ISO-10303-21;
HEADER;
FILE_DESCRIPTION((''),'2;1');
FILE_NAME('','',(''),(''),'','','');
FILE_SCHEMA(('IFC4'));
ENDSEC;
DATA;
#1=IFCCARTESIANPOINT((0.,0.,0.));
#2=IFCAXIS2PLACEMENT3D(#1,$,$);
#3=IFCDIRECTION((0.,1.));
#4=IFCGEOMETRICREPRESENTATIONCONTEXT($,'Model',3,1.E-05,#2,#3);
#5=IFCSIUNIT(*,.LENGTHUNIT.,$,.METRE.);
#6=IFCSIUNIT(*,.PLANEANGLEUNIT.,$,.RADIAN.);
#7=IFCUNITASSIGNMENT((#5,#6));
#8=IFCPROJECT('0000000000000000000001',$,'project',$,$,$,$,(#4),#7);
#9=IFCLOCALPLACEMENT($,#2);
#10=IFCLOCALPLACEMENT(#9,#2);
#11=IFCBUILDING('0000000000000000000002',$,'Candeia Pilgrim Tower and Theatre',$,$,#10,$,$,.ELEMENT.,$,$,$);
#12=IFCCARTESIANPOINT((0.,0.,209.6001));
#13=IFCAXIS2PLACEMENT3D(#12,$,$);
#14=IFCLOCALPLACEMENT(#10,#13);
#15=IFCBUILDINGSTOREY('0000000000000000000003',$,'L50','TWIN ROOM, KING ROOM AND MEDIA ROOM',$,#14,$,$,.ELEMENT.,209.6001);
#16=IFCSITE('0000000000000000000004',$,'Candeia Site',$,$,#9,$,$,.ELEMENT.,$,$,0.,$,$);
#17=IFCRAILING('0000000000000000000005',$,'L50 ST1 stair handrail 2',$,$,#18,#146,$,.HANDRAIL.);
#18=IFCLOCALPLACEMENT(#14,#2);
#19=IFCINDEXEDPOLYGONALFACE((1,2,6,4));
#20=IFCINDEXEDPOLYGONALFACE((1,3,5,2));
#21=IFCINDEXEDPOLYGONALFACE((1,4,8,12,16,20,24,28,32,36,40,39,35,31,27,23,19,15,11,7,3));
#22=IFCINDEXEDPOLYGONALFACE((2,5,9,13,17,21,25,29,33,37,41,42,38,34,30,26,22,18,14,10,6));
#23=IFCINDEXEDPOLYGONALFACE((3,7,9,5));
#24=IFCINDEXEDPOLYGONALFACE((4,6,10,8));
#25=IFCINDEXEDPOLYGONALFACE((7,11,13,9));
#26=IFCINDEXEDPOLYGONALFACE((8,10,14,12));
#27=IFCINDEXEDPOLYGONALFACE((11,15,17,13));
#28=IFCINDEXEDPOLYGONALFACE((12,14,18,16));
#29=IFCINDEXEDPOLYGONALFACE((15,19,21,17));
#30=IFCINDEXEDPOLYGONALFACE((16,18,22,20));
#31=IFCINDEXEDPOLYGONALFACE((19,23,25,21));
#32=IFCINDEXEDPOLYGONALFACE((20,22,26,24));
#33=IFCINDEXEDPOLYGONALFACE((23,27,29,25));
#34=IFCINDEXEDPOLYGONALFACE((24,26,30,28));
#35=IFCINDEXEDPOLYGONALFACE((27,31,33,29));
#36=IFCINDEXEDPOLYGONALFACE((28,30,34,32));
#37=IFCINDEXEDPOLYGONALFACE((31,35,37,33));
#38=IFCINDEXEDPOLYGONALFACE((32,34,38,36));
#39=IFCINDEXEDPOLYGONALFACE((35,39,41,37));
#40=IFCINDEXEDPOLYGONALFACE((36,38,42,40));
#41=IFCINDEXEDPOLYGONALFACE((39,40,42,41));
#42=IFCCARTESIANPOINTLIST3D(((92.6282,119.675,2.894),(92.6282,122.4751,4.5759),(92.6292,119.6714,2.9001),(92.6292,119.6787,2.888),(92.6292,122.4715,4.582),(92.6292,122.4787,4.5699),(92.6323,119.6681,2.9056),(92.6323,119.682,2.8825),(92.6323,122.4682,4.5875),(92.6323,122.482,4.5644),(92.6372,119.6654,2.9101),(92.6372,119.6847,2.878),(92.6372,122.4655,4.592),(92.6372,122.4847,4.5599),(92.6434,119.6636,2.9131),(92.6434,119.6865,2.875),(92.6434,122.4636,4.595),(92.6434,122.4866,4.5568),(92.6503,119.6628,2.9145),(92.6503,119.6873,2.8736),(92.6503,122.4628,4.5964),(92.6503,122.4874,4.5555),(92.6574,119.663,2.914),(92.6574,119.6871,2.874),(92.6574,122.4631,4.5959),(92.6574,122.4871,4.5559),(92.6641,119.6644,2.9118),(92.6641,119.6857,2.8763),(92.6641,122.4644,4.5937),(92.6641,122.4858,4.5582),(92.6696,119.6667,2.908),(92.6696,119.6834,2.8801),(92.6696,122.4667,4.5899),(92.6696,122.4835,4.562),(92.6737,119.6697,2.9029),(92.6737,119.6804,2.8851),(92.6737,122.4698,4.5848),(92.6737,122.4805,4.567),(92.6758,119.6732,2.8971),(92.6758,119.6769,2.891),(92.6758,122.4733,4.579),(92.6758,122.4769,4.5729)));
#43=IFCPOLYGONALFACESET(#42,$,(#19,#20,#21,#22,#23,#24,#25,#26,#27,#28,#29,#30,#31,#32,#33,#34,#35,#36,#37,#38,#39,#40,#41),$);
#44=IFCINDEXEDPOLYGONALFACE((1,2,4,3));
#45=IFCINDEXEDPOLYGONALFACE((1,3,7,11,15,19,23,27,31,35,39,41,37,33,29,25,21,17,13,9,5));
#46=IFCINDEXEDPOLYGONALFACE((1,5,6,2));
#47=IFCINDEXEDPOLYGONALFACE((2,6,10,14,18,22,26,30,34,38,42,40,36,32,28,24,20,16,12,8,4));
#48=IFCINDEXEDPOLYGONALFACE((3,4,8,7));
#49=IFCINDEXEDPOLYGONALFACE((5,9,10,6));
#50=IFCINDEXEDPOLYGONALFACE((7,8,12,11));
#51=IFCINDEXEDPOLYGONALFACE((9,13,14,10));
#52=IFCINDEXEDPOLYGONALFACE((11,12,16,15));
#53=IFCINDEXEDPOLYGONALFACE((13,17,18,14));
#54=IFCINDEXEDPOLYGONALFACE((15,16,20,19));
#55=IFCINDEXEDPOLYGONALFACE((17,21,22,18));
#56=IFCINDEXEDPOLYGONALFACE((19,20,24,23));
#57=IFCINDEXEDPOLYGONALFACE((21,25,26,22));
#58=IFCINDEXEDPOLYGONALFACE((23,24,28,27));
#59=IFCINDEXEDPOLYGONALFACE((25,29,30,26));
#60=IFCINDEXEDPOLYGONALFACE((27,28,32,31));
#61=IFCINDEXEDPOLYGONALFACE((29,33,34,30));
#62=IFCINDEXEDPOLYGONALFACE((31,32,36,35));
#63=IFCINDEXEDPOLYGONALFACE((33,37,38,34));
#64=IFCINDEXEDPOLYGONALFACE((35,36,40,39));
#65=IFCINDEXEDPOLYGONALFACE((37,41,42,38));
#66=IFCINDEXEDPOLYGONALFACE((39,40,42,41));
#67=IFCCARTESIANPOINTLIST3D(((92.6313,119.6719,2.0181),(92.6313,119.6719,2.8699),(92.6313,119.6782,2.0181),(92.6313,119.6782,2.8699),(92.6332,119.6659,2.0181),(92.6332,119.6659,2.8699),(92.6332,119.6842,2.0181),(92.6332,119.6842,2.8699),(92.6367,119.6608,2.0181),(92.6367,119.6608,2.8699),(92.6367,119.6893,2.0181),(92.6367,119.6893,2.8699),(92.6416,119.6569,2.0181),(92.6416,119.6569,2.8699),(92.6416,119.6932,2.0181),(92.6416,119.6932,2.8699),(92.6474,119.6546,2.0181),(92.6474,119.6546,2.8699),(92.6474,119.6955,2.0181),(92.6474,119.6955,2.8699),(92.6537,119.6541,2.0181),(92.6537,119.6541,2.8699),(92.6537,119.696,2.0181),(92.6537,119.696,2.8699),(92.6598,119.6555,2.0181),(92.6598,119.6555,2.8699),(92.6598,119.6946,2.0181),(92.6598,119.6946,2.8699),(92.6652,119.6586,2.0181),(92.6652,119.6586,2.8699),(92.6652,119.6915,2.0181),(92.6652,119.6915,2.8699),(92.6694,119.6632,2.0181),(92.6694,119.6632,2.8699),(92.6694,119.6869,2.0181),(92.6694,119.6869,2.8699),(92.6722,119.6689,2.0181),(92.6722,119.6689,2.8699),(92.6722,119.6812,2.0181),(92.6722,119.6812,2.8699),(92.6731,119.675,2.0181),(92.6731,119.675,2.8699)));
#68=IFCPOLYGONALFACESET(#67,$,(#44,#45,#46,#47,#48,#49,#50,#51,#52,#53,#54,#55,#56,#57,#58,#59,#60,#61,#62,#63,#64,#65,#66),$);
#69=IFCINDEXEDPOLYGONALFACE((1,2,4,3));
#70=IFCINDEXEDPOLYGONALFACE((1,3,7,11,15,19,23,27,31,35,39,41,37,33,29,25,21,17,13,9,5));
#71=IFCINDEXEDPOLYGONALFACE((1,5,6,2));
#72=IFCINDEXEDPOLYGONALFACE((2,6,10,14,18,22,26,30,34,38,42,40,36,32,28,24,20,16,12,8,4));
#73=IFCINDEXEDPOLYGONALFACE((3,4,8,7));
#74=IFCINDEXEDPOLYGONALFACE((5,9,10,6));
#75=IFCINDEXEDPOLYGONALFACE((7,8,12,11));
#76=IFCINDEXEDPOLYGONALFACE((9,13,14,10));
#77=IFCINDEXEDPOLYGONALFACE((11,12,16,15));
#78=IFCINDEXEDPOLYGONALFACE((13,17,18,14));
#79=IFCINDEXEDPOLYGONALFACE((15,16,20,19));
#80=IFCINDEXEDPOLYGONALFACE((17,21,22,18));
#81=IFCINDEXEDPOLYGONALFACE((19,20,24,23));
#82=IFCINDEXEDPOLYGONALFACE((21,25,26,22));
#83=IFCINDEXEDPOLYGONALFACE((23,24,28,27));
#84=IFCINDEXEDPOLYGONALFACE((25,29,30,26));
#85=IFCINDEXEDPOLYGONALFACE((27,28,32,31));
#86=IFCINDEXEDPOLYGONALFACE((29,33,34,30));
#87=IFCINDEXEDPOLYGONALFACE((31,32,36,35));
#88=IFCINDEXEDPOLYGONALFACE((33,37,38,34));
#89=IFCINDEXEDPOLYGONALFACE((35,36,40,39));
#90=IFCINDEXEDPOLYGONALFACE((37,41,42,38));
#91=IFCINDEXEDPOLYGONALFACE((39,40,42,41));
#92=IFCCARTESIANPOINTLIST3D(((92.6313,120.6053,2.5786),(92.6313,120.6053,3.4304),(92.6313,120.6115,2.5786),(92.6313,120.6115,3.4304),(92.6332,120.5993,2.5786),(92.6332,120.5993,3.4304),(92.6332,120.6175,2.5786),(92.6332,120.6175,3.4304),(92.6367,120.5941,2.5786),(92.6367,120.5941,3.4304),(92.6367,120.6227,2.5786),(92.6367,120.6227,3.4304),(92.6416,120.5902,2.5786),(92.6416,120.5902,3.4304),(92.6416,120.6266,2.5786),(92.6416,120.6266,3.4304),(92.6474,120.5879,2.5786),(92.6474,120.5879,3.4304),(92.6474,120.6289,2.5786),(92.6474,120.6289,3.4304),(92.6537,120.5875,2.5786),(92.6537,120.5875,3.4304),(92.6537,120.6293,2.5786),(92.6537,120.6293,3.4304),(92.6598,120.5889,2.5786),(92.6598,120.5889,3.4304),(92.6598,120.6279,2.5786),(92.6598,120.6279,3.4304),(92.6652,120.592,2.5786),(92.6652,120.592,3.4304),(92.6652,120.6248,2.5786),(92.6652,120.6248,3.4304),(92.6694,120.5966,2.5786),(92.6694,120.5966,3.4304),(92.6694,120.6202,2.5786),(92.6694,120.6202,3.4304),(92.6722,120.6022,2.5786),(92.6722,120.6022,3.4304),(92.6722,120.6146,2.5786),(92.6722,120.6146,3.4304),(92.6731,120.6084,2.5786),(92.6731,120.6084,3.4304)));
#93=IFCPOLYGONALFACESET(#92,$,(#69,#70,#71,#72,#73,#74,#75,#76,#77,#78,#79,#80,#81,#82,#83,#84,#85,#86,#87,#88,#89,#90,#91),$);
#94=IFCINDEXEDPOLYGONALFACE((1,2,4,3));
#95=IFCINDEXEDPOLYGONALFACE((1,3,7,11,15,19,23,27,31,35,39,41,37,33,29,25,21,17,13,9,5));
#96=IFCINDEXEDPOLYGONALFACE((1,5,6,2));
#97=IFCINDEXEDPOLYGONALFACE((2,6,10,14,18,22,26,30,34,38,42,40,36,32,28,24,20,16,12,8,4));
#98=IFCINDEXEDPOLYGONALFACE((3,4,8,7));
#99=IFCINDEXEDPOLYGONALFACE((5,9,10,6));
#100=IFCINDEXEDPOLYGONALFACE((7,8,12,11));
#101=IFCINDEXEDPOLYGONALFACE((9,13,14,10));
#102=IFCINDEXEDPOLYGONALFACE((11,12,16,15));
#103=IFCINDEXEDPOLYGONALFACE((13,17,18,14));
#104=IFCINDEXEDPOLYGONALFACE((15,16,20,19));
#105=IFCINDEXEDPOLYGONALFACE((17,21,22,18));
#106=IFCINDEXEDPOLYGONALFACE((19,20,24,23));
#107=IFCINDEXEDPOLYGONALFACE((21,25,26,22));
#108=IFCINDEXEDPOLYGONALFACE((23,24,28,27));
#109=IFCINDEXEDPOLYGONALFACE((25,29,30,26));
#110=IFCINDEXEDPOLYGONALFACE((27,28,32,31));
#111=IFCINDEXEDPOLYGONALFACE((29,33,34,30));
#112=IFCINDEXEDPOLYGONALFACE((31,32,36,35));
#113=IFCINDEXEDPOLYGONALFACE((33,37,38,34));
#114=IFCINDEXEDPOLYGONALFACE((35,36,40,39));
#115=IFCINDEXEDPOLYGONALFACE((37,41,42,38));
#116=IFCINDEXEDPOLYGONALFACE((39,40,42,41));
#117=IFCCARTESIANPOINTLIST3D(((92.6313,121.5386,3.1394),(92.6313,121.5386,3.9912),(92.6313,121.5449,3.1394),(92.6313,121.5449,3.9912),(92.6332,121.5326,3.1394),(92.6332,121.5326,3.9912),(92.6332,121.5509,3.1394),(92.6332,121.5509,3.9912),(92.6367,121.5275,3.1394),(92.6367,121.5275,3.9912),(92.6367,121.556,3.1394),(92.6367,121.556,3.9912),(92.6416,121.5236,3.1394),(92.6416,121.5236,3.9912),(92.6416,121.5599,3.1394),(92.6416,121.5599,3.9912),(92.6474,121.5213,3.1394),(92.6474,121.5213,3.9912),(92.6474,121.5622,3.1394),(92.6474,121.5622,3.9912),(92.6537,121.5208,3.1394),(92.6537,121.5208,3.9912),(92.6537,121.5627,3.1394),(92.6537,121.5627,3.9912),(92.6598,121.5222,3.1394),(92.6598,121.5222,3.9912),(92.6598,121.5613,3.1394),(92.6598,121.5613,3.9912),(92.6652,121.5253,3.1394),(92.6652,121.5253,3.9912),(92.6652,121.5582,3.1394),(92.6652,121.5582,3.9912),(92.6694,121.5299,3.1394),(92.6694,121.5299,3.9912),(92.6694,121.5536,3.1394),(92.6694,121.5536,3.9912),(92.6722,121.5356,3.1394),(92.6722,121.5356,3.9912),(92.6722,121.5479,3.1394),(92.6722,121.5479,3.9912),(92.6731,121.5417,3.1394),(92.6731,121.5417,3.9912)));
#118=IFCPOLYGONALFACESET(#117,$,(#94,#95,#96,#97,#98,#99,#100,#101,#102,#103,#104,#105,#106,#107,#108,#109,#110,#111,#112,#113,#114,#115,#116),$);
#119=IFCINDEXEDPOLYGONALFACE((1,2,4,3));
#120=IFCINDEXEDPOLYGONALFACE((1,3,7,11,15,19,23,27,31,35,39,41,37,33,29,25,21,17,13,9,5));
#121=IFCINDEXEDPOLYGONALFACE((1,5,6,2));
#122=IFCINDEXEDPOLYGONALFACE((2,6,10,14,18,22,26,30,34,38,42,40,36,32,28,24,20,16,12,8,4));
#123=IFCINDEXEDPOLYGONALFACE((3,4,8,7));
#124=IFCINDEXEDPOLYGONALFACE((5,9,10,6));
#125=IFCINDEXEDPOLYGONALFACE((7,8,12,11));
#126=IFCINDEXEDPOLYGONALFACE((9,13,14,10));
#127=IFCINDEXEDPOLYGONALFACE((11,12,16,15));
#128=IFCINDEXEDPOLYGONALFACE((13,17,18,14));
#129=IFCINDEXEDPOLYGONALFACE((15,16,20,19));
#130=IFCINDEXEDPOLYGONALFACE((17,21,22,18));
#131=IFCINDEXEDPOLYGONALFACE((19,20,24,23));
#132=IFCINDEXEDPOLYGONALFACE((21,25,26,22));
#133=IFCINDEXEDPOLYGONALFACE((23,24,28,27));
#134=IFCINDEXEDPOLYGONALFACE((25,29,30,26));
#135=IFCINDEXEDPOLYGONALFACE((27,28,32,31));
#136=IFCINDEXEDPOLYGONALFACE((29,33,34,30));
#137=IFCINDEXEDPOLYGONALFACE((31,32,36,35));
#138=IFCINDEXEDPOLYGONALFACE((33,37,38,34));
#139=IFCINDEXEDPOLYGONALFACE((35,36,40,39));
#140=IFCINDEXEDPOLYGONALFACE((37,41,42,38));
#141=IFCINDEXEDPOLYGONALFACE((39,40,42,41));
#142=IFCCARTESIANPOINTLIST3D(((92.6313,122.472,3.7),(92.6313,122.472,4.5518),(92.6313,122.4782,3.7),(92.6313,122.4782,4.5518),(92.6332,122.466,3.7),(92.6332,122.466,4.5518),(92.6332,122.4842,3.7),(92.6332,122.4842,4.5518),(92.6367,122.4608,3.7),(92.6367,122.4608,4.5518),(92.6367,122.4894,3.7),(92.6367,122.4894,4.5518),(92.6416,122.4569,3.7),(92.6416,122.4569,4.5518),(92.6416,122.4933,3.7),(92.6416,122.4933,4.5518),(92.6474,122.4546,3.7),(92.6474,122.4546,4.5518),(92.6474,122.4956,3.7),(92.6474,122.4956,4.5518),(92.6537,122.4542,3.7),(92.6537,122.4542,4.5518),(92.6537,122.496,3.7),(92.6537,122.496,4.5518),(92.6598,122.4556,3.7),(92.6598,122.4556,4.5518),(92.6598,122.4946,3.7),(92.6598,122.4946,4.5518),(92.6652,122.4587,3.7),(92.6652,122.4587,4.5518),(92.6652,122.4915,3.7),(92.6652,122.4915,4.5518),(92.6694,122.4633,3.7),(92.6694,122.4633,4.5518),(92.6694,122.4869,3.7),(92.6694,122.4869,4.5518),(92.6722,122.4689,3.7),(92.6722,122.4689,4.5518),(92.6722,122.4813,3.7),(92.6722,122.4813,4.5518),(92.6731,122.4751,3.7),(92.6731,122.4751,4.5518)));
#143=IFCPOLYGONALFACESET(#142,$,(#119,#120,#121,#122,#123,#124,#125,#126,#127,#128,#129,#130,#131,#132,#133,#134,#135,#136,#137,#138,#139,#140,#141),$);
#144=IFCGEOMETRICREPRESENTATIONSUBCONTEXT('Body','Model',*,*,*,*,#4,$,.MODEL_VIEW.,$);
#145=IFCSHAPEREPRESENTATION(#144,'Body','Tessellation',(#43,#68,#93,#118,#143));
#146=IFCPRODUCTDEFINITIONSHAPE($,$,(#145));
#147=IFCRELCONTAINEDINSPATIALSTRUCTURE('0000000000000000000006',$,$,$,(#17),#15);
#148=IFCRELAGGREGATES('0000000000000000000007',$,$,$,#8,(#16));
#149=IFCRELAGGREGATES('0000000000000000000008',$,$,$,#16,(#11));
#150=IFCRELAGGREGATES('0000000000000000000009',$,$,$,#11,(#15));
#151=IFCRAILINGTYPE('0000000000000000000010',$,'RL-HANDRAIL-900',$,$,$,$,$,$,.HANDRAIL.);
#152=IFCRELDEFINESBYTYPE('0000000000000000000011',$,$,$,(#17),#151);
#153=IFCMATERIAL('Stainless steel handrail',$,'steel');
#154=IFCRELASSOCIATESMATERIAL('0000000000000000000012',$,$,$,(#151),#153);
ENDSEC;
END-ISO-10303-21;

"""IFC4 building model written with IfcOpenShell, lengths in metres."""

from ifc_helpers import new_model, si_unit, direction, frame, origin, origin_2d, place, context, subcontext, project, spatial, circle, extrude, material, type_object, element, save


model = new_model("IFC4")

# Units and contexts
model_context = context("Model", 3, precision=1e-05, world=origin(), true_north=direction((0.0, 1.0)))
body_context = subcontext(model_context, "Body", "Model", "MODEL_VIEW")
ifc_project = project(units=[si_unit("LENGTHUNIT", "METRE"), si_unit("PLANEANGLEUNIT", "RADIAN")], contexts=[model_context])

# Site, building, storey
site_placement = place(None, origin())
site = spatial("IfcSite", under=ifc_project, at=site_placement, Name="Candeia Site", CompositionType="ELEMENT", RefElevation=0.0)
building_placement = place(site_placement, origin())
building = spatial("IfcBuilding", under=site, at=building_placement, Name="Candeia Pilgrim Tower and Theatre", CompositionType="ELEMENT")
storey_placement = place(building_placement, frame((0.0, 0.0, 209.6001)))
storey = spatial("IfcBuildingStorey", under=building, at=storey_placement, Name="L50", Description="TWIN ROOM, KING ROOM AND MEDIA ROOM", CompositionType="ELEMENT", Elevation=209.6001)

# Railing
ifc_material_1 = material(Name="Stainless steel handrail", Category="steel")
railing_type = type_object("IfcRailingType", Name="RL-HANDRAIL-900", PredefinedType="HANDRAIL", material=ifc_material_1)
for number, where, name in (
    (1, (92.6521, 119.675, 2.0181), "L50 ST1 stair handrail 2"),
):
    element("IfcRailing", number, at=place(storey_placement, frame(where)), inside=storey, type_object=railing_type, Name=name, PredefinedType="HANDRAIL", context=body_context, shape_type="SweptSolid", body=[
        extrude(circle(Radius=0.0239, at=origin_2d()), frame((0.0, 0.0, 0.876), z_axis=(0.0, 0.857242, 0.514913), x_axis=(-1.0, 0.0, 0.0)), (0.0, 0.0, 1.0), 3.2664),
        extrude(circle(Radius=0.021, at=origin_2d()), origin(), (0.0, 0.0, 1.0), 0.8518),
        extrude(circle(Radius=0.021, at=origin_2d()), frame((0.0, 0.9333, 0.5605)), (0.0, 0.0, 1.0), 0.8518),
        extrude(circle(Radius=0.021, at=origin_2d()), frame((0.0, 1.8667, 1.1213)), (0.0, 0.0, 1.0), 0.8518),
        extrude(circle(Radius=0.021, at=origin_2d()), frame((0.0, 2.8, 1.6819)), (0.0, 0.0, 1.0), 0.8518),
    ])

save(model, "model.ifc")
